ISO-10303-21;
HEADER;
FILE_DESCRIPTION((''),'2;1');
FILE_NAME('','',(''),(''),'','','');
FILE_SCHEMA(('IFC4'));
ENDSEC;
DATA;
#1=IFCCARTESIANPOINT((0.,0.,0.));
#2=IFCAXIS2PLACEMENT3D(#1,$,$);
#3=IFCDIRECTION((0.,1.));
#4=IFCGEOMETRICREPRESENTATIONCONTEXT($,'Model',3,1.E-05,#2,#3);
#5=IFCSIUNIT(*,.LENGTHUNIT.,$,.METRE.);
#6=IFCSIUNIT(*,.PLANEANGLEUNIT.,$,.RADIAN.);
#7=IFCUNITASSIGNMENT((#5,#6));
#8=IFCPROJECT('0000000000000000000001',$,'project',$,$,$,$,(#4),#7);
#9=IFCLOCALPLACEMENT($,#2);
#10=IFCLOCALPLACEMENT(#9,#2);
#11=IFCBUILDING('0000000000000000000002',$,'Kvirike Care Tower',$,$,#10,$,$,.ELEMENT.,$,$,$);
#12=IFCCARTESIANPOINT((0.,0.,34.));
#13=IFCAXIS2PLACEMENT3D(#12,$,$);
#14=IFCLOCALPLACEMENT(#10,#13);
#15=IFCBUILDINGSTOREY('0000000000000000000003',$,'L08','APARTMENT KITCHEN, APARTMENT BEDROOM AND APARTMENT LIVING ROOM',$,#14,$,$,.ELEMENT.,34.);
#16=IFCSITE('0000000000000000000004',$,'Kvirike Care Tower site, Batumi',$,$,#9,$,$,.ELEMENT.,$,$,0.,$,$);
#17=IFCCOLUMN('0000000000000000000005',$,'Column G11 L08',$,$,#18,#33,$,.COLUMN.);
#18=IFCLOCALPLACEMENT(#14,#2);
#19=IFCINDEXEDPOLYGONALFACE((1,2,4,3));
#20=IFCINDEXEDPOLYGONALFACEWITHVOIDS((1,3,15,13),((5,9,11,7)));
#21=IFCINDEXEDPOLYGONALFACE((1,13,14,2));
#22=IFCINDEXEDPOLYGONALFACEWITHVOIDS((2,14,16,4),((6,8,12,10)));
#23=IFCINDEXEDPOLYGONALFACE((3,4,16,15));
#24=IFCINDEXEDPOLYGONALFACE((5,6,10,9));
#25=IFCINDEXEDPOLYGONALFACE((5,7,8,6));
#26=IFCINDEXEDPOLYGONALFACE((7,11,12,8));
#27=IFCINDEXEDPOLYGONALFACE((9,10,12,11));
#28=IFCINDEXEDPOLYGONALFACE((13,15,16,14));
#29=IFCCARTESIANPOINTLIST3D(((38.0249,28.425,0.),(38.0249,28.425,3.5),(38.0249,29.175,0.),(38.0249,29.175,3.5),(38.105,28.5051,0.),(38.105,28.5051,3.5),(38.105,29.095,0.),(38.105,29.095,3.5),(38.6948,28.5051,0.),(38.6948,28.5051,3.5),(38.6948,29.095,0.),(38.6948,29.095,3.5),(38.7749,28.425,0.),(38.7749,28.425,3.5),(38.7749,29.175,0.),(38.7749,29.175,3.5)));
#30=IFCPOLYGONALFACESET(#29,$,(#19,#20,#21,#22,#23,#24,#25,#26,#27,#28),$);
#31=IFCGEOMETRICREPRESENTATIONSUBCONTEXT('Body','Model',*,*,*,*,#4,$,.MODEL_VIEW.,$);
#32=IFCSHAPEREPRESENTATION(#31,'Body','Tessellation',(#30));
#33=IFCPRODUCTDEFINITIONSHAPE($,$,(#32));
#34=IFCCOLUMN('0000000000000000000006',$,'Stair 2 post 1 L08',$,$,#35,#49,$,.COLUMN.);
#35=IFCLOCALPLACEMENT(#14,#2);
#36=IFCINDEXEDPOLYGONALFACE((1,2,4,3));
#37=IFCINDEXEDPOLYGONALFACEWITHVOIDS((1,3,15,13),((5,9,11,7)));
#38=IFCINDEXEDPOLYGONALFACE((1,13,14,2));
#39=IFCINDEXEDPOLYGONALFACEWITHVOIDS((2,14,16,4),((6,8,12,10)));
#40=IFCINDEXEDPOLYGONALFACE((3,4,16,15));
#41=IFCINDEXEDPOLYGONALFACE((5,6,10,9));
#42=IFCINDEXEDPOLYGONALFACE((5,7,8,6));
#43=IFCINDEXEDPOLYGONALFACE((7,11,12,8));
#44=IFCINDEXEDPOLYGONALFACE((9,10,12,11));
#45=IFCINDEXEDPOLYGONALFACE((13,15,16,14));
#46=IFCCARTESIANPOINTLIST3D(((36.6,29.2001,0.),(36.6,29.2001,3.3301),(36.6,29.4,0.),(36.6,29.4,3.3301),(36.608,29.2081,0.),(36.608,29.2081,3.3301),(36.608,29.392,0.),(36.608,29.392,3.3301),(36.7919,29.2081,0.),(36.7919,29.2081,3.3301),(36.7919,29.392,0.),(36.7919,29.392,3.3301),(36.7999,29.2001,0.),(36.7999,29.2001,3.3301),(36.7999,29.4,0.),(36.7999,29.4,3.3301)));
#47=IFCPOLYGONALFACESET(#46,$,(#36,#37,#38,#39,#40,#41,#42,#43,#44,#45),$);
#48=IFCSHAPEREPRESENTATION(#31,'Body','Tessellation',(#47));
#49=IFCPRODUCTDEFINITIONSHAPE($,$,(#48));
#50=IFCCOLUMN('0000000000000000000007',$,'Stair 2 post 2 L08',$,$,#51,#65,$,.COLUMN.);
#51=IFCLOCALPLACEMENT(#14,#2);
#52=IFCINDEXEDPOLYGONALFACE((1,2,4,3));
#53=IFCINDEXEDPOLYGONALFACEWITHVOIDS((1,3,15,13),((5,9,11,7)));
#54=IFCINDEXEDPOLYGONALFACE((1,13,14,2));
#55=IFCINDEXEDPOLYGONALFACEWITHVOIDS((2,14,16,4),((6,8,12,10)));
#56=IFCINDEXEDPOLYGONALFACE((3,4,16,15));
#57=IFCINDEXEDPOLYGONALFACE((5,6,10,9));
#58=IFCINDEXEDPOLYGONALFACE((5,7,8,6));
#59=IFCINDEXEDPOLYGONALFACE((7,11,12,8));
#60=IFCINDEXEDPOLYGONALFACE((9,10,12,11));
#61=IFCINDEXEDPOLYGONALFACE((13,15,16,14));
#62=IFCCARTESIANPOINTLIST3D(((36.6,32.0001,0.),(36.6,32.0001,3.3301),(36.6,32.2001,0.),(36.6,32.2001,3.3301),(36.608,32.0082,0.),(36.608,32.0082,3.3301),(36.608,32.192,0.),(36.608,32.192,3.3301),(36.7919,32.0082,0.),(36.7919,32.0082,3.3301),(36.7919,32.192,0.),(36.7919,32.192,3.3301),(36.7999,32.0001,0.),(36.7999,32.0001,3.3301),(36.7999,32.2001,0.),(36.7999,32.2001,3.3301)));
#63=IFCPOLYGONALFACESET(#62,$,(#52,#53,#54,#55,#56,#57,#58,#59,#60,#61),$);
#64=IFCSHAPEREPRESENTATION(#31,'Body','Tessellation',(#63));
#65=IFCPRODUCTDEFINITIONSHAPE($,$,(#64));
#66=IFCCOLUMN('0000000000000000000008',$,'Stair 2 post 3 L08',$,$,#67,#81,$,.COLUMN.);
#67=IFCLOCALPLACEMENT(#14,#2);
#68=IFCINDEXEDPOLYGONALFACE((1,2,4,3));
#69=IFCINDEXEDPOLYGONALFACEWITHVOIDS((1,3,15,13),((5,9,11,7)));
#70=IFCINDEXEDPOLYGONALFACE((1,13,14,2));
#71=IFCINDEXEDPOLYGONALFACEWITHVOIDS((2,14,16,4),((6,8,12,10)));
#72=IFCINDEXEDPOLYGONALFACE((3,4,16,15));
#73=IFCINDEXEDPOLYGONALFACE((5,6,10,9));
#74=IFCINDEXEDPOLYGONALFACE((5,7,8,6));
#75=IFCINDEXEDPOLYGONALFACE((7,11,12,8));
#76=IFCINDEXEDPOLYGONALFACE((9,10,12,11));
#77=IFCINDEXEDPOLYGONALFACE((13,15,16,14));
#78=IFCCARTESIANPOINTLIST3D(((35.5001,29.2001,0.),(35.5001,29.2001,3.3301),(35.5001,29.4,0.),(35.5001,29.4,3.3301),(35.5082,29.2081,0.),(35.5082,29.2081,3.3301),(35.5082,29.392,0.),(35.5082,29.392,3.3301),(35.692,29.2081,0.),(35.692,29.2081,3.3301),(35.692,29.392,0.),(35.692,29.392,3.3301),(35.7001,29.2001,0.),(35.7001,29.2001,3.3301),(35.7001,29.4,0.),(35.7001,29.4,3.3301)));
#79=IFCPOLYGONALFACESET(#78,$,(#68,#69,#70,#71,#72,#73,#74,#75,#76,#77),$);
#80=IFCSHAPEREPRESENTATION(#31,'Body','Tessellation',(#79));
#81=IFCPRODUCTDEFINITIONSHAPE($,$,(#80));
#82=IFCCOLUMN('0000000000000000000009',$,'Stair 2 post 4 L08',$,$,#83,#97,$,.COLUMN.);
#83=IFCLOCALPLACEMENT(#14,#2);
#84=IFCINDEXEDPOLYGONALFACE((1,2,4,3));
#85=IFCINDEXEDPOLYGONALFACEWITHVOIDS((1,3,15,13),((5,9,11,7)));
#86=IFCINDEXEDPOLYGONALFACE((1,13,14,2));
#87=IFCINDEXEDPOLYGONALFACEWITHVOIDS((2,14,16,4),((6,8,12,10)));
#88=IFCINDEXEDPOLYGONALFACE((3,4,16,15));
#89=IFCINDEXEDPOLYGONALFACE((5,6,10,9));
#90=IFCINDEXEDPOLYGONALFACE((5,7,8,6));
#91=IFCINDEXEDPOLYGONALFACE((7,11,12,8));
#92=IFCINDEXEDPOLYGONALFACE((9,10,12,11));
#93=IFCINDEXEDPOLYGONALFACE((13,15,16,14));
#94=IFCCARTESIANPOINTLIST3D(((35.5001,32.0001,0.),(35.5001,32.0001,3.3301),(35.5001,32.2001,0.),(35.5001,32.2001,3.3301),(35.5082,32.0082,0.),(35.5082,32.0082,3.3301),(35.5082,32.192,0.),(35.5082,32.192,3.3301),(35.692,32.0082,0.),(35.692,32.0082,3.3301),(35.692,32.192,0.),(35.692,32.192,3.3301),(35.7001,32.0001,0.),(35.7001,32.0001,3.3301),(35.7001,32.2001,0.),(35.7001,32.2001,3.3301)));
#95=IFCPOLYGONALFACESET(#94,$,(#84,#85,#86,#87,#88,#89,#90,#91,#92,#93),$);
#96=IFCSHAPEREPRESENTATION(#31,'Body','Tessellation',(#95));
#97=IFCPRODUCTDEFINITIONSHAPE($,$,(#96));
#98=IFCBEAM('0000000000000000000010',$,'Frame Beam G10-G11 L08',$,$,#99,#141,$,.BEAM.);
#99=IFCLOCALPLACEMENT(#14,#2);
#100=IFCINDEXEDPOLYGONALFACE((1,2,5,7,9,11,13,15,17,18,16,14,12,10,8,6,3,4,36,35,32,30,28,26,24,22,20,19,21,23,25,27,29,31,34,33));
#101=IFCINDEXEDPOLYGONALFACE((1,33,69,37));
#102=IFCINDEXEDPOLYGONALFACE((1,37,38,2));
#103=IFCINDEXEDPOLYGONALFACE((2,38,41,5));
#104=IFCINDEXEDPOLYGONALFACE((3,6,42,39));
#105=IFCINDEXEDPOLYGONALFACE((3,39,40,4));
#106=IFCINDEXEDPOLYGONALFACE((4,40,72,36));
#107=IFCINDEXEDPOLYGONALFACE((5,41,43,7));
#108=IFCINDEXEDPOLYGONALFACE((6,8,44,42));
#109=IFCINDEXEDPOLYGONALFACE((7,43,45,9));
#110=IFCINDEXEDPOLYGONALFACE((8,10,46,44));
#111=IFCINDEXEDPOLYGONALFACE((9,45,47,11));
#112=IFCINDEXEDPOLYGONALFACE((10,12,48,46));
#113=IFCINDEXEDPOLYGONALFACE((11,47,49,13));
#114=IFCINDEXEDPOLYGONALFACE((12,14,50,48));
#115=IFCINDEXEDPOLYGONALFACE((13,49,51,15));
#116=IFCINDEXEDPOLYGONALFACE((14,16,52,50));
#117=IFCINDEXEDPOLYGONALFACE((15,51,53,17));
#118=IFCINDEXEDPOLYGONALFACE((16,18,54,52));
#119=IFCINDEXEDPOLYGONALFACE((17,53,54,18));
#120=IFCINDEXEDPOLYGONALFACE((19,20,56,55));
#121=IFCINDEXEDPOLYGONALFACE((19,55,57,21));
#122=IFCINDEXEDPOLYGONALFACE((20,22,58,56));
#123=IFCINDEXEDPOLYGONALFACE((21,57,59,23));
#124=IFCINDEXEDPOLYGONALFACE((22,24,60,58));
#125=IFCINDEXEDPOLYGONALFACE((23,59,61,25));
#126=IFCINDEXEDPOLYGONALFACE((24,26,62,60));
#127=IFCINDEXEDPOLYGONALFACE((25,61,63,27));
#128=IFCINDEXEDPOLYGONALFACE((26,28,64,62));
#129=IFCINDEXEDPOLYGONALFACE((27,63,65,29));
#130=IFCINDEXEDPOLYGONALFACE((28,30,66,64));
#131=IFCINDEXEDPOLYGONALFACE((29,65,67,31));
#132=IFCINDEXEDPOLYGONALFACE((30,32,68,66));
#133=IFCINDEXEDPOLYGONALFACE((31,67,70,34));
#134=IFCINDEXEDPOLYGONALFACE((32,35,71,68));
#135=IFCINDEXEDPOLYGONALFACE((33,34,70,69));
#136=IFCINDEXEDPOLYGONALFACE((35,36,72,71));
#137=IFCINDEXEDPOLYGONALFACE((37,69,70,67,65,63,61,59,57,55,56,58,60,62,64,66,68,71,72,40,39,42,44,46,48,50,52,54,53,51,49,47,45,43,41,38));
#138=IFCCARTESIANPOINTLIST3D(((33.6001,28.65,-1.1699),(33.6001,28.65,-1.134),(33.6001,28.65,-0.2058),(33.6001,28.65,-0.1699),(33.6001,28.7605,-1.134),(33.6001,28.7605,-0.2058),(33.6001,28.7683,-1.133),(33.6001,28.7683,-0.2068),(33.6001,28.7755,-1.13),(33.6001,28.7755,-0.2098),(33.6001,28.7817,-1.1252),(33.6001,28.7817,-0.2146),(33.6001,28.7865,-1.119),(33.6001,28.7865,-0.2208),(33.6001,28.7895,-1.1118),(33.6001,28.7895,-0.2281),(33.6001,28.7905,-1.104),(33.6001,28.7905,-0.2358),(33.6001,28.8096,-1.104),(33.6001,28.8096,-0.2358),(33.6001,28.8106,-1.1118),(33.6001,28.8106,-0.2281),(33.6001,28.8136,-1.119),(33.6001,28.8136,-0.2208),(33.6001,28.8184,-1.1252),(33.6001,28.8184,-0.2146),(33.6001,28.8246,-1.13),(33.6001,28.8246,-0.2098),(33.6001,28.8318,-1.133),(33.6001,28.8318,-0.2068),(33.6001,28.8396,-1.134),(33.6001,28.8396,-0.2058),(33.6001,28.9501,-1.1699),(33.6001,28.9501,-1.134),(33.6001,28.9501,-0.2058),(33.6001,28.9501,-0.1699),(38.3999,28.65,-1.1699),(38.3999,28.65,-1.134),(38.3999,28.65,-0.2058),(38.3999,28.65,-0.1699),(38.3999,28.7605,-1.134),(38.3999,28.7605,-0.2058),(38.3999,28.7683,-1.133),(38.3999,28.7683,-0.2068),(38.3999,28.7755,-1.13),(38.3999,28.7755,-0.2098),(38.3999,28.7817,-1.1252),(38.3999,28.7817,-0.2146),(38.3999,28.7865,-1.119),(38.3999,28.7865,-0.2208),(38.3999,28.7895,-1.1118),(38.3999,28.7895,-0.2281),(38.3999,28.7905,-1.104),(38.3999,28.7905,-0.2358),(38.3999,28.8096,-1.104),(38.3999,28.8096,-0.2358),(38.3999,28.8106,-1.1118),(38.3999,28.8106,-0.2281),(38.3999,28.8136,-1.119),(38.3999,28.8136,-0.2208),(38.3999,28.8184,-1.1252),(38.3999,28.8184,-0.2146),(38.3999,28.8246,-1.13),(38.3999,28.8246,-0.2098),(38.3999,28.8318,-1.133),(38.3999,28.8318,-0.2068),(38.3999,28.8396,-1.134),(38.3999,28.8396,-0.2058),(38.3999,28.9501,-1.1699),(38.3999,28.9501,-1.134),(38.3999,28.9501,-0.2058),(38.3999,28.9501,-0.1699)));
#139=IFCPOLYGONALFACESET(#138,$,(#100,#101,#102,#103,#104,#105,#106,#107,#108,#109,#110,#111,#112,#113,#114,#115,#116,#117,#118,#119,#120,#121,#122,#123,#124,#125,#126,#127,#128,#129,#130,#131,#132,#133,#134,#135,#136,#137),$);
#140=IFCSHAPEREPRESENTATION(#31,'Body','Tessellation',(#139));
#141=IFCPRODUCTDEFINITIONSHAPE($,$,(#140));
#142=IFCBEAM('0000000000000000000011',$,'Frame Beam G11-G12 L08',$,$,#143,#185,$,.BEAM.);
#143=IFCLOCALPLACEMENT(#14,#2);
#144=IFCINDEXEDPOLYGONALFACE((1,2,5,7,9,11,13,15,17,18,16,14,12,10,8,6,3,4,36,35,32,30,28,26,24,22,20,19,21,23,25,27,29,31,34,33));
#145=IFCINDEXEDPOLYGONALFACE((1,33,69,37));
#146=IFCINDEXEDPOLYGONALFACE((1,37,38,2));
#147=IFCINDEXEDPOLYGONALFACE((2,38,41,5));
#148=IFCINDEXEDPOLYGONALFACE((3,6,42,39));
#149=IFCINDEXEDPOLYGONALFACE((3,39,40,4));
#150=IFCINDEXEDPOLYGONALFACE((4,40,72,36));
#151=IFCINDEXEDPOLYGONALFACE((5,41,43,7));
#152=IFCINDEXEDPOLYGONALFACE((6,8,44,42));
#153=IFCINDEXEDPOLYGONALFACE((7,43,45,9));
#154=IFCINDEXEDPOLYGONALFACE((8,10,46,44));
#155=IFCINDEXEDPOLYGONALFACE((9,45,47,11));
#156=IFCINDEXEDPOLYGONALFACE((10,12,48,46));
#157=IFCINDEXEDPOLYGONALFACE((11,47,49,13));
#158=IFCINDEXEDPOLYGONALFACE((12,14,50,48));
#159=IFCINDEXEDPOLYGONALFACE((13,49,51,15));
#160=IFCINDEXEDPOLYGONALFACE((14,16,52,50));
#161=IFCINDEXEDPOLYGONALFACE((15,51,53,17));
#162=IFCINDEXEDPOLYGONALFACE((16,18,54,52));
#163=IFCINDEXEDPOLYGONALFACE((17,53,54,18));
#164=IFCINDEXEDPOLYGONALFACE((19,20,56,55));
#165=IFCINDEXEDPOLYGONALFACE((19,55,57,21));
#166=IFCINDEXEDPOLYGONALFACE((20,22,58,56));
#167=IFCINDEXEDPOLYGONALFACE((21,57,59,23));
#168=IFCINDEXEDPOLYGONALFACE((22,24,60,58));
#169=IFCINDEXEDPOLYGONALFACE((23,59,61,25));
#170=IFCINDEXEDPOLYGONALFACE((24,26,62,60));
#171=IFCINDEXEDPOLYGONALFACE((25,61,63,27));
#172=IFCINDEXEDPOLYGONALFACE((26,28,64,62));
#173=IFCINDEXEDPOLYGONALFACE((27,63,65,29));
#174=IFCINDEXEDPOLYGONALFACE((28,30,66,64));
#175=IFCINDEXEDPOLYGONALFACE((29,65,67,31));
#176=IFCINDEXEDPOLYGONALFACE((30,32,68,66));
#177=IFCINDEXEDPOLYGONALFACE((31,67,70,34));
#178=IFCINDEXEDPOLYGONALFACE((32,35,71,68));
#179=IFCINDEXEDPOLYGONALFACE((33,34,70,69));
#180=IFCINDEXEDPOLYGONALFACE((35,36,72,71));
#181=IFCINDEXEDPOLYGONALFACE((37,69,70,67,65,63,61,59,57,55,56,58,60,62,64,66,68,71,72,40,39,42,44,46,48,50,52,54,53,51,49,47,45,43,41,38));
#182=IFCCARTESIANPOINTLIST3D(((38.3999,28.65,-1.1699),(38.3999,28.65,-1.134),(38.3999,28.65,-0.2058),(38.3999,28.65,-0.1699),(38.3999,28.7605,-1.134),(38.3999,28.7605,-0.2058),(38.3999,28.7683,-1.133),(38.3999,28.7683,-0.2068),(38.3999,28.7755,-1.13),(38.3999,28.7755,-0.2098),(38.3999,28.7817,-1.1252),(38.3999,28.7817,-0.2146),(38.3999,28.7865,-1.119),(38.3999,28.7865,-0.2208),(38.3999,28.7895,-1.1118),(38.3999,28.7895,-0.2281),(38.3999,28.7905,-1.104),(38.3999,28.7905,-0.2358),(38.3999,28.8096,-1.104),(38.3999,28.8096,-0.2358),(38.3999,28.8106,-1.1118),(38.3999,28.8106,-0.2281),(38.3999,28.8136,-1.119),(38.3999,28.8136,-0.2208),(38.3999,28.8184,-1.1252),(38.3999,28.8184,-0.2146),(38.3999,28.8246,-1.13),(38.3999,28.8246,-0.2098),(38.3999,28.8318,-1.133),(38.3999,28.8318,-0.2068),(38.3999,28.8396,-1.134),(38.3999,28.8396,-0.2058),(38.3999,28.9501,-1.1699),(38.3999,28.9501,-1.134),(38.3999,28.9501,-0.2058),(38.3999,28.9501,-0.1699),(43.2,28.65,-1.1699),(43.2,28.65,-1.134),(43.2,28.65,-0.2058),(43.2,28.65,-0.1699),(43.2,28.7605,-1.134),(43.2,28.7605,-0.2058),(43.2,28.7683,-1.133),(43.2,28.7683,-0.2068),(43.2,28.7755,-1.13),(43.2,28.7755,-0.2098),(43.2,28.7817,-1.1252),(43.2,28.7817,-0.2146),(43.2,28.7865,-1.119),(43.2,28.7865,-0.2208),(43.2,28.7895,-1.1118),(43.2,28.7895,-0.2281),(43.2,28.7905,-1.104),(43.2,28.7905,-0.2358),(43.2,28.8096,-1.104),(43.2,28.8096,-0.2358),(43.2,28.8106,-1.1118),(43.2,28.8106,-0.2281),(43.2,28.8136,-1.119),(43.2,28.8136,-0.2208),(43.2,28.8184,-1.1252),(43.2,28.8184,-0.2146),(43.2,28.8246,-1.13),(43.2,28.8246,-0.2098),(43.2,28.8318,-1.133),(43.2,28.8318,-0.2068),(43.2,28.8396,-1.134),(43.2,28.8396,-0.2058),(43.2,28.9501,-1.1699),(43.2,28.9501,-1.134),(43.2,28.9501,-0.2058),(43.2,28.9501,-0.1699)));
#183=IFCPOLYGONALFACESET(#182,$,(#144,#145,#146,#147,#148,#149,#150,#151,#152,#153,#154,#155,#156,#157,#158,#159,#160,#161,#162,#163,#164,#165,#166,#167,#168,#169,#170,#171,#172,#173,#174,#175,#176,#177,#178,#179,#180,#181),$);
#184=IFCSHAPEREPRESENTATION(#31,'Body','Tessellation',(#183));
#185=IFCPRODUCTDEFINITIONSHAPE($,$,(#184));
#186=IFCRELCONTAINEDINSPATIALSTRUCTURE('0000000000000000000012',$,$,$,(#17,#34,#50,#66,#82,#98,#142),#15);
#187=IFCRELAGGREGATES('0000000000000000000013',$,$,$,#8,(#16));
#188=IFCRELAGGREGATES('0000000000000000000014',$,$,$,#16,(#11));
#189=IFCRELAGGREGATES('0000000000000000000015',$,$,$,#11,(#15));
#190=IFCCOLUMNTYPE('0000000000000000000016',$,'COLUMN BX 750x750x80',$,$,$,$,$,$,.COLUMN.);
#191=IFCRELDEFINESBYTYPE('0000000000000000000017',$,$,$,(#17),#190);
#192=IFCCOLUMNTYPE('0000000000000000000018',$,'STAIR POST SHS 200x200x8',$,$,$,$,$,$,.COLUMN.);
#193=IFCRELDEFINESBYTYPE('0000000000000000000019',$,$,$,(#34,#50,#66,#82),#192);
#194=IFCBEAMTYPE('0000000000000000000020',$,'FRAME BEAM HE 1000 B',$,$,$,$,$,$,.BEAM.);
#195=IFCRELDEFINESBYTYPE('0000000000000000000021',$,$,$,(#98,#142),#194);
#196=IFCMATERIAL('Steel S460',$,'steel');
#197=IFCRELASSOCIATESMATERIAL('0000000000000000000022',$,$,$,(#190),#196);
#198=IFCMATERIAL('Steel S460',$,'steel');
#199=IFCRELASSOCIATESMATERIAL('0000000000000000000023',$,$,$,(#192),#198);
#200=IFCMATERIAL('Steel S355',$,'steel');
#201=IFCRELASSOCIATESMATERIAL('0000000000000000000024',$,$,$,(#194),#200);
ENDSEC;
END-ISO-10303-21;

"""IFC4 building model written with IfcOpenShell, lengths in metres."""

from ifc_helpers import new_model, si_unit, direction, frame, origin, origin_2d, place, context, subcontext, project, spatial, hollow_rectangle, i_section, extrude, material, material_profile, profile_set, type_object, element, save


model = new_model("IFC4")

# Units and contexts
model_context = context("Model", 3, precision=1e-05, world=origin(), true_north=direction((0.0, 1.0)))
body_context = subcontext(model_context, "Body", "Model", "MODEL_VIEW")
ifc_project = project(units=[si_unit("LENGTHUNIT", "METRE"), si_unit("PLANEANGLEUNIT", "RADIAN")], contexts=[model_context])

# Site, building, storey
site_placement = place(None, origin())
site = spatial("IfcSite", under=ifc_project, at=site_placement, Name="Kvirike Care Tower site, Batumi", CompositionType="ELEMENT", RefElevation=0.0)
building_placement = place(site_placement, origin())
building = spatial("IfcBuilding", under=site, at=building_placement, Name="Kvirike Care Tower", CompositionType="ELEMENT")
storey_placement = place(building_placement, frame((0.0, 0.0, 34.0)))
storey = spatial("IfcBuildingStorey", under=building, at=storey_placement, Name="L08", Description="APARTMENT KITCHEN, APARTMENT BEDROOM AND APARTMENT LIVING ROOM", CompositionType="ELEMENT", Elevation=34.0)

# Columns
ifc_material_1 = material(Name="Steel S460", Category="steel")
ifc_material_profile_1 = material_profile(ifc_material_1, hollow_rectangle(XDim=0.75, YDim=0.75, WallThickness=0.0801, at=origin_2d()), Name="BX 750x750x80")
ifc_profile_set_1 = profile_set([ifc_material_profile_1], Name="Steel S460")
column_type_1 = type_object("IfcColumnType", Name="COLUMN BX 750x750x80", PredefinedType="COLUMN", material=ifc_profile_set_1)
column_placement = place(storey_placement, frame((38.3999, 28.8, 0.0), z_axis=(0.0, 0.0, 1.0), x_axis=(0.0, 1.0, 0.0)))
element("IfcColumn", 1, at=column_placement, inside=storey, type_object=column_type_1, Name="Column G11 L08", PredefinedType="COLUMN", context=body_context, shape_type="SweptSolid", body=[
    extrude(hollow_rectangle(XDim=0.75, YDim=0.75, WallThickness=0.0801, at=origin_2d()), origin(), (0.0, 0.0, 1.0), 3.5),
])
ifc_material_2 = material(Name="Steel S460", Category="steel")
ifc_material_profile_2 = material_profile(ifc_material_2, hollow_rectangle(XDim=0.2, YDim=0.2, WallThickness=0.0081, at=origin_2d()), Name="SHS 200x200x8")
ifc_profile_set_2 = profile_set([ifc_material_profile_2], Name="Steel S460")
column_type_2 = type_object("IfcColumnType", Name="STAIR POST SHS 200x200x8", PredefinedType="COLUMN", material=ifc_profile_set_2)
for number, where, z_axis, x_axis, name in (
    (2, (36.7, 29.3, 0.0), (0.0, 0.0, 1.0), (1.0, 0.0, 0.0), "Stair 2 post 1 L08"),
    (3, (36.7, 32.1001, 0.0), (0.0, 0.0, 1.0), (1.0, 0.0, 0.0), "Stair 2 post 2 L08"),
    (4, (35.6001, 29.3, 0.0), (0.0, 0.0, 1.0), (1.0, 0.0, 0.0), "Stair 2 post 3 L08"),
    (5, (35.6001, 32.1001, 0.0), (0.0, 0.0, 1.0), (1.0, 0.0, 0.0), "Stair 2 post 4 L08"),
):
    element("IfcColumn", number, at=place(storey_placement, frame(where, z_axis=z_axis, x_axis=x_axis)), inside=storey, type_object=column_type_2, Name=name, PredefinedType="COLUMN", context=body_context, shape_type="SweptSolid", body=[
        extrude(hollow_rectangle(XDim=0.2, YDim=0.2, WallThickness=0.0081, at=origin_2d()), origin(), (0.0, 0.0, 1.0), 3.3301),
    ])

# Beams
ifc_material_3 = material(Name="Steel S355", Category="steel")
ifc_material_profile_3 = material_profile(ifc_material_3, i_section(OverallWidth=0.3, OverallDepth=1.0, WebThickness=0.019, FlangeThickness=0.0359, FilletRadius=0.03, at=origin_2d()), Name="HE 1000 B")
ifc_profile_set_3 = profile_set([ifc_material_profile_3], Name="Steel S355")
beam_type_1 = type_object("IfcBeamType", Name="FRAME BEAM HE 1000 B", PredefinedType="BEAM", material=ifc_profile_set_3)
beam_1_placement = place(storey_placement, frame((33.6001, 28.8, -0.6699), z_axis=(1.0, 0.0, 0.0), x_axis=(0.0, 1.0, 0.0)))
element("IfcBeam", 6, at=beam_1_placement, inside=storey, type_object=beam_type_1, Name="Frame Beam G10-G11 L08", PredefinedType="BEAM", context=body_context, shape_type="SweptSolid", body=[
    extrude(i_section(OverallWidth=0.3, OverallDepth=1.0, WebThickness=0.019, FlangeThickness=0.0359, FilletRadius=0.03, at=origin_2d()), origin(), (0.0, 0.0, 1.0), 4.7998),
])
beam_2_placement = place(storey_placement, frame((38.3999, 28.8, -0.6699), z_axis=(1.0, 0.0, 0.0), x_axis=(0.0, 1.0, 0.0)))
element("IfcBeam", 7, at=beam_2_placement, inside=storey, type_object=beam_type_1, Name="Frame Beam G11-G12 L08", PredefinedType="BEAM", context=body_context, shape_type="SweptSolid", body=[
    extrude(i_section(OverallWidth=0.3, OverallDepth=1.0, WebThickness=0.019, FlangeThickness=0.0359, FilletRadius=0.03, at=origin_2d()), origin(), (0.0, 0.0, 1.0), 4.8),
])

save(model, "model.ifc")
